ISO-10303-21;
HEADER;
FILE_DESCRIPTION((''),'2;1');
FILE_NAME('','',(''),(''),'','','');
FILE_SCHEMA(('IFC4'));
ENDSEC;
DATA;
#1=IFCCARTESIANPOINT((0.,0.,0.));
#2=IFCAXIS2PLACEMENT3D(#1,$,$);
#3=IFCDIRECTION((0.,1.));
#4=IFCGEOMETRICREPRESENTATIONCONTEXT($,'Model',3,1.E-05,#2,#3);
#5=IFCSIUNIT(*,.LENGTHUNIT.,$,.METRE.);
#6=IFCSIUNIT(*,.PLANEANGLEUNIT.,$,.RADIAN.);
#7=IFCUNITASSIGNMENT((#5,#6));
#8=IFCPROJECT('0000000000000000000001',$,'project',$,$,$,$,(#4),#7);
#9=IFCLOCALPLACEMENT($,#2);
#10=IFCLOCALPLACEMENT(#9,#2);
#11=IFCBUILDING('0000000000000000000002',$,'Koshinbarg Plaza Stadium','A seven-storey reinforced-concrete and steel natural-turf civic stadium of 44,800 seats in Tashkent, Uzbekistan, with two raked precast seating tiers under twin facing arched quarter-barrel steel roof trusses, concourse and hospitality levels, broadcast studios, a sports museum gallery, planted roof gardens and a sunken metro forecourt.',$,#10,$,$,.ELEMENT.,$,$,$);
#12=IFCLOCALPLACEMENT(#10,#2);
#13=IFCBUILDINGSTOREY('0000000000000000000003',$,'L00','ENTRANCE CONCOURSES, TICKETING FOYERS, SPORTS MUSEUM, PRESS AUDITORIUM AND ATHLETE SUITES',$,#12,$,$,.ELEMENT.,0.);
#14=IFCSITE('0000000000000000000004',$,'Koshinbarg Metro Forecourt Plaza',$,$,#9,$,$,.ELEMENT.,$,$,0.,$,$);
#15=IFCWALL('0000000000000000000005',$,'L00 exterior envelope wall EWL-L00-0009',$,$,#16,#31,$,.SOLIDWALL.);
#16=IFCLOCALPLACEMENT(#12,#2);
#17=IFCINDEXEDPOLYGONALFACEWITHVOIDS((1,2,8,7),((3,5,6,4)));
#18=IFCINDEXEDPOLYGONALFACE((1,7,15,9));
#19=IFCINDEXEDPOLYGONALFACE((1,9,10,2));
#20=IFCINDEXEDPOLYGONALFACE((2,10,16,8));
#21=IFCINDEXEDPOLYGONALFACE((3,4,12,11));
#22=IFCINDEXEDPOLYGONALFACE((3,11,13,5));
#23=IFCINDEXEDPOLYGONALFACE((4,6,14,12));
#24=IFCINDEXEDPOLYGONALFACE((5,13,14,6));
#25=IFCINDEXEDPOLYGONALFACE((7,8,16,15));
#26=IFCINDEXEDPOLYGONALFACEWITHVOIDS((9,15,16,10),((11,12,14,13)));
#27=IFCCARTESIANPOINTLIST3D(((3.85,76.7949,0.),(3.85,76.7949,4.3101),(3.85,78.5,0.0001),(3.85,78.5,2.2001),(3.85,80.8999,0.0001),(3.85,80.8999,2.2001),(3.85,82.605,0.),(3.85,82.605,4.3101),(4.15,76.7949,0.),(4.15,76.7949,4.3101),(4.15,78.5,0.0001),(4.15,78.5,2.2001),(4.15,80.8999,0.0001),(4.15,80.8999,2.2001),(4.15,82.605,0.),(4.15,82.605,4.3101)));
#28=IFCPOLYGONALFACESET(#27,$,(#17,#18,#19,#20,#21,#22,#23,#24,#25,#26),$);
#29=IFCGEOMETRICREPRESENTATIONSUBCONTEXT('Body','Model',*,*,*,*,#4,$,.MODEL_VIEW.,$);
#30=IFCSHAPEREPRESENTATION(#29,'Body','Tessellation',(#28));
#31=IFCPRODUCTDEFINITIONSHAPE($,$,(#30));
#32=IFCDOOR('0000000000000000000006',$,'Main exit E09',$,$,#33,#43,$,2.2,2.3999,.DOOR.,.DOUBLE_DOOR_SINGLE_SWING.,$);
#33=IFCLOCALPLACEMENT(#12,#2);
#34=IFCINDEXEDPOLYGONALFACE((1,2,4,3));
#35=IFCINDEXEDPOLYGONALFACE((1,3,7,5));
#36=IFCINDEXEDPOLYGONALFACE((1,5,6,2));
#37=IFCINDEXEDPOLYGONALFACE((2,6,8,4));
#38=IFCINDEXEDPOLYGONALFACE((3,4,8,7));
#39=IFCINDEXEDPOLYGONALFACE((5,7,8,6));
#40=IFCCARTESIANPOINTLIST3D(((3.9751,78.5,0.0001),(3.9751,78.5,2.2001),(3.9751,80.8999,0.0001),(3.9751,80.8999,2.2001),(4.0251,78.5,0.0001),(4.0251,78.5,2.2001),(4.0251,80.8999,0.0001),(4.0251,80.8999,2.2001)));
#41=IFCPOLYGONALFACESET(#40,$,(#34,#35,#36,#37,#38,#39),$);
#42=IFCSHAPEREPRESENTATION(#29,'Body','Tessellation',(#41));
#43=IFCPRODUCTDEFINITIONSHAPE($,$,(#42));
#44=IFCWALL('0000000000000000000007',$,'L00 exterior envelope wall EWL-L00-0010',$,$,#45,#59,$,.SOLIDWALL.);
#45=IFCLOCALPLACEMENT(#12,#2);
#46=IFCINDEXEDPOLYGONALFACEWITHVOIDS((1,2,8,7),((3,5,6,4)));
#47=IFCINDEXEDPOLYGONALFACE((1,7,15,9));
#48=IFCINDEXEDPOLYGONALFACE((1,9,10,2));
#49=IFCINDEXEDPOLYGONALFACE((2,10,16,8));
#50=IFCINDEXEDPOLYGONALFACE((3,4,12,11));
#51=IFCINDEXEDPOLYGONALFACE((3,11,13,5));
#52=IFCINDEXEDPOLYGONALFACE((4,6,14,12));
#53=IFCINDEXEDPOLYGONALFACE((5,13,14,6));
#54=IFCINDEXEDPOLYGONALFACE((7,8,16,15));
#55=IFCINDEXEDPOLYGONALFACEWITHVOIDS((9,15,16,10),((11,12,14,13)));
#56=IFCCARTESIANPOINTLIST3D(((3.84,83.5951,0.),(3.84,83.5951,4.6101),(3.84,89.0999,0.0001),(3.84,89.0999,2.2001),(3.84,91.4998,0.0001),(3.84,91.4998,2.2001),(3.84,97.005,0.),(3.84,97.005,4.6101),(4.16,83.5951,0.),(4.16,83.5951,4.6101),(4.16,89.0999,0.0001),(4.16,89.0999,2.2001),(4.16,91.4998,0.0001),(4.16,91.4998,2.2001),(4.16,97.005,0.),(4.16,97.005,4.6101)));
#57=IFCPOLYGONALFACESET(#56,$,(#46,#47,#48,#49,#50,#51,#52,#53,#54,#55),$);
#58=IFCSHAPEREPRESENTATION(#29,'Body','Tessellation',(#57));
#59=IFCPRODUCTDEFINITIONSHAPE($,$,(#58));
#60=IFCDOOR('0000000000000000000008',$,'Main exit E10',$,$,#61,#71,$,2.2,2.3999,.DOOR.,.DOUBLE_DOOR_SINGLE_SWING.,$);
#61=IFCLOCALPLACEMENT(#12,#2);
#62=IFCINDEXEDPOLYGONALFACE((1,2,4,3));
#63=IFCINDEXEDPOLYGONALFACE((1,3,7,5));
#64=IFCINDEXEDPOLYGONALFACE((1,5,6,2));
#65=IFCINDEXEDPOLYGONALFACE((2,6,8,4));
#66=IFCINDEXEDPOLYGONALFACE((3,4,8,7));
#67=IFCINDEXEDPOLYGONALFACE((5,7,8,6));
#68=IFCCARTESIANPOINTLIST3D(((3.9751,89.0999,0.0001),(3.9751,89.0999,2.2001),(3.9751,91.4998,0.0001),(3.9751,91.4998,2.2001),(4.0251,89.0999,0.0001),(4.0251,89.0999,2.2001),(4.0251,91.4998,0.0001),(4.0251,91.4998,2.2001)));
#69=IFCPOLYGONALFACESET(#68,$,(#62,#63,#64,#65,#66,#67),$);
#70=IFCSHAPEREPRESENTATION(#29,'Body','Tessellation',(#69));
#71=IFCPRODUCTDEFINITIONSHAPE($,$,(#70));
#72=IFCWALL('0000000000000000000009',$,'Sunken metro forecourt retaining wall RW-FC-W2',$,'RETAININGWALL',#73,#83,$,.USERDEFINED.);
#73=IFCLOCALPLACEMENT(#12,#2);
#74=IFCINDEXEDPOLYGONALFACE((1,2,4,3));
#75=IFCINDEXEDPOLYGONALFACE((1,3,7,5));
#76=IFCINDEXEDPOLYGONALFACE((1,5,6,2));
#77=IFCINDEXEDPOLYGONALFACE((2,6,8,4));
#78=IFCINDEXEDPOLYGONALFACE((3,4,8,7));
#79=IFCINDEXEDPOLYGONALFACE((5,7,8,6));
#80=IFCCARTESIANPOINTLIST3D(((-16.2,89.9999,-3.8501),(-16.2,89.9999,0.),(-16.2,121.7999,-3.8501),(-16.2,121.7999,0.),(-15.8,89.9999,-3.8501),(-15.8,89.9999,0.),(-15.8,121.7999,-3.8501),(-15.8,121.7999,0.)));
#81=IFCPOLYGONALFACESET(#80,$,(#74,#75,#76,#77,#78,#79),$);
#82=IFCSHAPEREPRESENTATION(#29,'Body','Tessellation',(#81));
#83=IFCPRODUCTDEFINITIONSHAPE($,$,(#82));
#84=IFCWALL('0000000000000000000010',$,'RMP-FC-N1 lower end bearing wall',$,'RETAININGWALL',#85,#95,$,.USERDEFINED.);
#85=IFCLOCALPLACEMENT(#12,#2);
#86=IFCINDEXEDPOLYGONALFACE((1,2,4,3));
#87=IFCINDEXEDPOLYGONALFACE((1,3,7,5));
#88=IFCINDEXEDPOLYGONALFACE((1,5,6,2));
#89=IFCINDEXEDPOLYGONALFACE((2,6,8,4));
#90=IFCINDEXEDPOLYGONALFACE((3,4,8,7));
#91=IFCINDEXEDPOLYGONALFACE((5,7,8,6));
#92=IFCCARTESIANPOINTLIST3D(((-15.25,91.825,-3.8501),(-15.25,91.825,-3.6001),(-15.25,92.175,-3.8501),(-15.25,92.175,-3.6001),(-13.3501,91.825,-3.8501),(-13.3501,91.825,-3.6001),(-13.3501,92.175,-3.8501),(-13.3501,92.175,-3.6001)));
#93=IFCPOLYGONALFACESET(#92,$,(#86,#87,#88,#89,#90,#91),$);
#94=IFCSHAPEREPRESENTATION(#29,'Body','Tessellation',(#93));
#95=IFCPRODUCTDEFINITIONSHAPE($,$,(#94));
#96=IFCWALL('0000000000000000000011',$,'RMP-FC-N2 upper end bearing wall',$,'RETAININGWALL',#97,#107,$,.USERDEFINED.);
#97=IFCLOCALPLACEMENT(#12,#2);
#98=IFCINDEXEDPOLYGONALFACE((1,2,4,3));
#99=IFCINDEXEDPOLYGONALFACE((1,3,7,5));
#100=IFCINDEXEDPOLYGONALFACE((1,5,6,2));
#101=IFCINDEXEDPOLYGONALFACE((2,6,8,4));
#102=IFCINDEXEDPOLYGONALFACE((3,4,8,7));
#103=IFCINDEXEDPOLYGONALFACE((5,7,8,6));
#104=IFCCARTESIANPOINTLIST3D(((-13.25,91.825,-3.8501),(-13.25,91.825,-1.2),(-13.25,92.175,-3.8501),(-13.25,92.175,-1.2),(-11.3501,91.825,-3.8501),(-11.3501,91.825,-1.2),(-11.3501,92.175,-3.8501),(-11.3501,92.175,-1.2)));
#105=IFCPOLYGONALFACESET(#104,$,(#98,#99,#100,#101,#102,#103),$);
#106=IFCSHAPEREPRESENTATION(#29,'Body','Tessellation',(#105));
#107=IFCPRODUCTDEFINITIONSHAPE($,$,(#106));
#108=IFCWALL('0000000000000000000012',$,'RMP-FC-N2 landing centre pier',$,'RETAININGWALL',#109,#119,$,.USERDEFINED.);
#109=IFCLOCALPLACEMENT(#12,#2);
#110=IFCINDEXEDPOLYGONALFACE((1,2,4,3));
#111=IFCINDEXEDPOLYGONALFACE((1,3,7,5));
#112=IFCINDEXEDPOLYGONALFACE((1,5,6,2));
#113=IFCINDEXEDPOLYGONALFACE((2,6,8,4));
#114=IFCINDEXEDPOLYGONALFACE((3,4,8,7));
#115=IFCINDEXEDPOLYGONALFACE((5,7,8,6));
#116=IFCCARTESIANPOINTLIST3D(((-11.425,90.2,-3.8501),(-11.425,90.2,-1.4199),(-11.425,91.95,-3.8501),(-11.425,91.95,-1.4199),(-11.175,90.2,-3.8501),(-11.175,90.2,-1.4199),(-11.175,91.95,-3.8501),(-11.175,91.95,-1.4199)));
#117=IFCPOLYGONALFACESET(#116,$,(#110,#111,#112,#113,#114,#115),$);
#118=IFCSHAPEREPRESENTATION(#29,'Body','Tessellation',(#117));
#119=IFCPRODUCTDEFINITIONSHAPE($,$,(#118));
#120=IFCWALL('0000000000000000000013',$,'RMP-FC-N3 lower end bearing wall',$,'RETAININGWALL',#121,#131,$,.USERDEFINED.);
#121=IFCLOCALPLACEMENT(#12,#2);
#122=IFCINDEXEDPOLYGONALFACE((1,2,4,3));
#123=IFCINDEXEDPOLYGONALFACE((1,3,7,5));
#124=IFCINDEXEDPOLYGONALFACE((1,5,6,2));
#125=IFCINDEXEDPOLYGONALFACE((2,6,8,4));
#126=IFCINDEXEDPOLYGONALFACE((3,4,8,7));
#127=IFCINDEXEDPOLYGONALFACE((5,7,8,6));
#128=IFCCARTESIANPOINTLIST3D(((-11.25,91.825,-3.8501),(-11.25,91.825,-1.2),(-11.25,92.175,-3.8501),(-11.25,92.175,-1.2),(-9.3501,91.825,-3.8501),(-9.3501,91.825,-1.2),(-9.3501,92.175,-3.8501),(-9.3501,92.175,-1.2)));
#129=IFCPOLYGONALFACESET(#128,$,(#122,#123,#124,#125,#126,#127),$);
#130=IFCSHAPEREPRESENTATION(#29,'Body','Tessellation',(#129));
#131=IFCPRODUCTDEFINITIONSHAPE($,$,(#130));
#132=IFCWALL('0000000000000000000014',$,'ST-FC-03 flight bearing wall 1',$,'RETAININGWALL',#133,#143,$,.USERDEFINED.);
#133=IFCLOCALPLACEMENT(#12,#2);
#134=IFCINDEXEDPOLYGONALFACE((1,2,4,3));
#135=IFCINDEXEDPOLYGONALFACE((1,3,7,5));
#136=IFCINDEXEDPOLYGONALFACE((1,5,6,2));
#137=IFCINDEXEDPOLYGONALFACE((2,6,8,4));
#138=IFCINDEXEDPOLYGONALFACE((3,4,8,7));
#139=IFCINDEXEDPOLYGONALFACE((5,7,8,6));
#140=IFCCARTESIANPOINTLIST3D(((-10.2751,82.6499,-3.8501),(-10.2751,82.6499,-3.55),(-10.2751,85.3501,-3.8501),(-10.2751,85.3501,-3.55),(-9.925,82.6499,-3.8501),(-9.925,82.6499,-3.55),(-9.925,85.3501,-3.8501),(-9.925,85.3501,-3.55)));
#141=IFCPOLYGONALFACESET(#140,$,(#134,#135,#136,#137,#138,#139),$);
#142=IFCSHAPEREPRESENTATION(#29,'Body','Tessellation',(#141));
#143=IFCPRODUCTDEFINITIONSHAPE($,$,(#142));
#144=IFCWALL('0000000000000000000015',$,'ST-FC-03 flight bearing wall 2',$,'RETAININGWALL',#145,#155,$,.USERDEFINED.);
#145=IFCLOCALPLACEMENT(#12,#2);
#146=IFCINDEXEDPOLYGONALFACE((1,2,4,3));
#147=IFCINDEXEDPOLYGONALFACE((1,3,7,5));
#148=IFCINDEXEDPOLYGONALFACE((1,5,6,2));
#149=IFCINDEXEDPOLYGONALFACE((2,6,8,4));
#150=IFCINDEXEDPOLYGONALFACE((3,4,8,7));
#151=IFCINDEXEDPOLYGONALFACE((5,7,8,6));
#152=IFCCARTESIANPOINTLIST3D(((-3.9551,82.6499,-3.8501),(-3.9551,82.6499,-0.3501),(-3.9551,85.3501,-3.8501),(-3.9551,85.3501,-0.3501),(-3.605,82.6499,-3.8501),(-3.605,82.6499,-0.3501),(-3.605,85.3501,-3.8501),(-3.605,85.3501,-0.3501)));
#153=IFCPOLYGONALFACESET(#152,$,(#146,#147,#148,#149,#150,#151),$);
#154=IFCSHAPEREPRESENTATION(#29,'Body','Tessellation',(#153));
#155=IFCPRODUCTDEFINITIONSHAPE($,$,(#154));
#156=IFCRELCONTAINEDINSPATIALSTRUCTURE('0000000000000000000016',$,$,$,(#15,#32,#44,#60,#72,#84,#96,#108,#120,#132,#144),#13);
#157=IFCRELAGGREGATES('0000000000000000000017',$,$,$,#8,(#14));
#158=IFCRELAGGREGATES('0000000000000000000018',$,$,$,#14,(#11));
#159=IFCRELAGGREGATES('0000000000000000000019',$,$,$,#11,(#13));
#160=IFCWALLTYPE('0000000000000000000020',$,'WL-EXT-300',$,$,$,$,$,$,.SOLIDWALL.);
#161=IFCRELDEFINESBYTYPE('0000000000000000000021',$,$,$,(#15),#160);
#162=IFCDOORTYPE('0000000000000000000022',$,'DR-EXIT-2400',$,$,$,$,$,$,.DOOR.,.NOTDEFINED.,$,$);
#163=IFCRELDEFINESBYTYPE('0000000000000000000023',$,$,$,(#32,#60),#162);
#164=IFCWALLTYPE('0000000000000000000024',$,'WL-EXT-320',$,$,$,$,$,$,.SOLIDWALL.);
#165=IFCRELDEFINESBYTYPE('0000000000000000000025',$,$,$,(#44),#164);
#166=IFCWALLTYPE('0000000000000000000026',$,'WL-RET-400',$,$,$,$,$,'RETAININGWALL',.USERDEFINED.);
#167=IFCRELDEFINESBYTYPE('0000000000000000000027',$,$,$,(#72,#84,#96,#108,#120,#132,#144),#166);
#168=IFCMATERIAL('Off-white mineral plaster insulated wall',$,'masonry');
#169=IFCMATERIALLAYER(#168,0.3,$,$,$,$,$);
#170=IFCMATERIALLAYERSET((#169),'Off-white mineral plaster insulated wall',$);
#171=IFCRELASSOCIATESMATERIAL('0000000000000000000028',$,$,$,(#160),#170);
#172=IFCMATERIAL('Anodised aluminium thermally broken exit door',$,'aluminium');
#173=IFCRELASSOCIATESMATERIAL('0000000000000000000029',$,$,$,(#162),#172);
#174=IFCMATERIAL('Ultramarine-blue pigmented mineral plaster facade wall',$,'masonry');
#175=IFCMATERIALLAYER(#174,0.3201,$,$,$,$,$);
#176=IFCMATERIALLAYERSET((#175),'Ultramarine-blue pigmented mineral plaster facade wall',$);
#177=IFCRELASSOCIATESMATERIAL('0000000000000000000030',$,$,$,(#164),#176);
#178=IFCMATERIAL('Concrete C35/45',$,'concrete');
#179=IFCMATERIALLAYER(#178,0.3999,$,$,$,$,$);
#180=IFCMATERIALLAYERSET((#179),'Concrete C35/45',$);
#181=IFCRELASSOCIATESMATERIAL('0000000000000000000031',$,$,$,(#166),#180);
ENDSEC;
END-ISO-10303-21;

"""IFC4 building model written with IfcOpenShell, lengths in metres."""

from ifc_helpers import new_model, si_unit, direction, frame, frame_2d, origin, place, context, subcontext, project, spatial, rectangle, extrude, material, layer, layer_set, type_object, element, fill, save


model = new_model("IFC4")

# Units and contexts
model_context = context("Model", 3, precision=1e-05, world=origin(), true_north=direction((0.0, 1.0)))
body_context = subcontext(model_context, "Body", "Model", "MODEL_VIEW")
ifc_project = project(units=[si_unit("LENGTHUNIT", "METRE"), si_unit("PLANEANGLEUNIT", "RADIAN")], contexts=[model_context])

# Site, building, storey
site_placement = place(None, origin())
site = spatial("IfcSite", under=ifc_project, at=site_placement, Name="Koshinbarg Metro Forecourt Plaza", CompositionType="ELEMENT", RefElevation=0.0)
building_placement = place(site_placement, origin())
building = spatial("IfcBuilding", under=site, at=building_placement, Name="Koshinbarg Plaza Stadium", Description="A seven-storey reinforced-concrete and steel natural-turf civic stadium of 44,800 seats in Tashkent, Uzbekistan, with two raked precast seating tiers under twin facing arched quarter-barrel steel roof trusses, concourse and hospitality levels, broadcast studios, a sports museum gallery, planted roof gardens and a sunken metro forecourt.", CompositionType="ELEMENT")
storey_placement = place(building_placement, origin())
storey = spatial("IfcBuildingStorey", under=building, at=storey_placement, Name="L00", Description="ENTRANCE CONCOURSES, TICKETING FOYERS, SPORTS MUSEUM, PRESS AUDITORIUM AND ATHLETE SUITES", CompositionType="ELEMENT", Elevation=0.0)

# Shared definitions
ifc_material_1 = material(Name="Concrete C35/45", Category="concrete")

# Walls, openings, doors
ifc_material_2 = material(Name="Off-white mineral plaster insulated wall", Category="masonry")
ifc_layer_1 = layer(ifc_material_2, 0.3)
ifc_layer_set_1 = layer_set([ifc_layer_1], Name="Off-white mineral plaster insulated wall")
wall_type_1 = type_object("IfcWallType", Name="WL-EXT-300", PredefinedType="SOLIDWALL", material=ifc_layer_set_1)
wall_1_placement = place(storey_placement, frame((4.0, 76.7949, 0.0), z_axis=(0.0, 0.0, 1.0), x_axis=(0.0, 1.0, 0.0)))
wall_1 = element("IfcWall", 1, at=wall_1_placement, inside=storey, type_object=wall_type_1, Name="L00 exterior envelope wall EWL-L00-0009", PredefinedType="SOLIDWALL", context=body_context, shape_type="SweptSolid", body=[
    extrude(rectangle(XDim=5.8101, YDim=0.3, at=frame_2d((2.905, 0.0))), origin(), (0.0, 0.0, 1.0), 4.3101),
])
opening_1_placement = place(wall_1_placement, frame((1.7051, 0.0, 0.0)))
opening_1 = element("IfcOpeningElement", 2, at=opening_1_placement, cuts=wall_1, PredefinedType="OPENING", context=body_context, shape_type="SweptSolid", body=[
    extrude(rectangle(XDim=2.3999, YDim=2.2, at=frame_2d((1.2, 1.1001))), frame((0.0, 0.1599, 0.0), z_axis=(0.0, -1.0, 0.0), x_axis=(1.0, 0.0, 0.0)), (0.0, 0.0, 1.0), 0.3201),
])
ifc_material_3 = material(Name="Anodised aluminium thermally broken exit door", Category="aluminium")
door_type = type_object("IfcDoorType", Name="DR-EXIT-2400", OperationType="NOTDEFINED", PredefinedType="DOOR", material=ifc_material_3)
door_1_placement = place(opening_1_placement, origin())
door_1 = element("IfcDoor", 3, at=door_1_placement, inside=storey, type_object=door_type, Name="Main exit E09", OperationType="DOUBLE_DOOR_SINGLE_SWING", OverallHeight=2.2, OverallWidth=2.3999, PredefinedType="DOOR", context=body_context, shape_type="SweptSolid", body=[
    extrude(rectangle(XDim=2.3999, YDim=2.2, at=frame_2d((1.2, 1.1001))), frame((0.0, 0.0249, 0.0), z_axis=(0.0, -1.0, 0.0), x_axis=(1.0, 0.0, 0.0)), (0.0, 0.0, 1.0), 0.05),
])
fill(opening_1, door_1)
ifc_material_4 = material(Name="Ultramarine-blue pigmented mineral plaster facade wall", Category="masonry")
ifc_layer_2 = layer(ifc_material_4, 0.3201)
ifc_layer_set_2 = layer_set([ifc_layer_2], Name="Ultramarine-blue pigmented mineral plaster facade wall")
wall_type_2 = type_object("IfcWallType", Name="WL-EXT-320", PredefinedType="SOLIDWALL", material=ifc_layer_set_2)
wall_2_placement = place(storey_placement, frame((4.0, 83.595, 0.0), z_axis=(0.0, 0.0, 1.0), x_axis=(0.0, 1.0, 0.0)))
wall_2 = element("IfcWall", 4, at=wall_2_placement, inside=storey, type_object=wall_type_2, Name="L00 exterior envelope wall EWL-L00-0010", PredefinedType="SOLIDWALL", context=body_context, shape_type="SweptSolid", body=[
    extrude(rectangle(XDim=13.4099, YDim=0.3201, at=frame_2d((6.7051, 0.0))), origin(), (0.0, 0.0, 1.0), 4.6101),
])
opening_2_placement = place(wall_2_placement, frame((5.5049, 0.0, 0.0)))
opening_2 = element("IfcOpeningElement", 5, at=opening_2_placement, cuts=wall_2, PredefinedType="OPENING", context=body_context, shape_type="SweptSolid", body=[
    extrude(rectangle(XDim=2.3999, YDim=2.2, at=frame_2d((1.2, 1.1001))), frame((0.0, 0.1699, 0.0), z_axis=(0.0, -1.0, 0.0), x_axis=(1.0, 0.0, 0.0)), (0.0, 0.0, 1.0), 0.3401),
])
door_2_placement = place(opening_2_placement, origin())
door_2 = element("IfcDoor", 6, at=door_2_placement, inside=storey, type_object=door_type, Name="Main exit E10", OperationType="DOUBLE_DOOR_SINGLE_SWING", OverallHeight=2.2, OverallWidth=2.3999, PredefinedType="DOOR", context=body_context, shape_type="SweptSolid", body=[
    extrude(rectangle(XDim=2.3999, YDim=2.2, at=frame_2d((1.2, 1.1001))), frame((0.0, 0.0249, 0.0), z_axis=(0.0, -1.0, 0.0), x_axis=(1.0, 0.0, 0.0)), (0.0, 0.0, 1.0), 0.05),
])
fill(opening_2, door_2)

# Walls
ifc_layer_3 = layer(ifc_material_1, 0.3999)
ifc_layer_set_3 = layer_set([ifc_layer_3], Name="Concrete C35/45")
wall_type_3 = type_object("IfcWallType", Name="WL-RET-400", ElementType="RETAININGWALL", PredefinedType="USERDEFINED", material=ifc_layer_set_3)
wall_3_placement = place(storey_placement, frame((-16.0, 90.0, -3.8501), z_axis=(0.0, 0.0, 1.0), x_axis=(0.0, 1.0, 0.0)))
element("IfcWall", 7, at=wall_3_placement, inside=storey, type_object=wall_type_3, Name="Sunken metro forecourt retaining wall RW-FC-W2", ObjectType="RETAININGWALL", PredefinedType="USERDEFINED", context=body_context, shape_type="SweptSolid", body=[
    extrude(rectangle(XDim=31.8, YDim=0.3999, at=frame_2d((15.8999, 0.0))), origin(), (0.0, 0.0, 1.0), 3.8501),
])
wall_4_placement = place(storey_placement, frame((-15.25, 92.0, -3.8501), z_axis=(0.0, 0.0, 1.0), x_axis=(1.0, 0.0, 0.0)))
element("IfcWall", 8, at=wall_4_placement, inside=storey, type_object=wall_type_3, Name="RMP-FC-N1 lower end bearing wall", ObjectType="RETAININGWALL", PredefinedType="USERDEFINED", context=body_context, shape_type="SweptSolid", body=[
    extrude(rectangle(XDim=1.8999, YDim=0.3501, at=frame_2d((0.95, 0.0))), origin(), (0.0, 0.0, 1.0), 0.25),
])
wall_5_placement = place(storey_placement, frame((-13.25, 92.0, -3.8501), z_axis=(0.0, 0.0, 1.0), x_axis=(1.0, 0.0, 0.0)))
element("IfcWall", 9, at=wall_5_placement, inside=storey, type_object=wall_type_3, Name="RMP-FC-N2 upper end bearing wall", ObjectType="RETAININGWALL", PredefinedType="USERDEFINED", context=body_context, shape_type="SweptSolid", body=[
    extrude(rectangle(XDim=1.8999, YDim=0.3501, at=frame_2d((0.95, 0.0))), origin(), (0.0, 0.0, 1.0), 2.6501),
])
wall_6_placement = place(storey_placement, frame((-11.3, 90.2, -3.8501), z_axis=(0.0, 0.0, 1.0), x_axis=(0.0, 1.0, 0.0)))
element("IfcWall", 10, at=wall_6_placement, inside=storey, type_object=wall_type_3, Name="RMP-FC-N2 landing centre pier", ObjectType="RETAININGWALL", PredefinedType="USERDEFINED", context=body_context, shape_type="SweptSolid", body=[
    extrude(rectangle(XDim=1.75, YDim=0.25, at=frame_2d((0.875, 0.0))), origin(), (0.0, 0.0, 1.0), 2.4302),
])
wall_7_placement = place(storey_placement, frame((-11.25, 92.0, -3.8501), z_axis=(0.0, 0.0, 1.0), x_axis=(1.0, 0.0, 0.0)))
element("IfcWall", 11, at=wall_7_placement, inside=storey, type_object=wall_type_3, Name="RMP-FC-N3 lower end bearing wall", ObjectType="RETAININGWALL", PredefinedType="USERDEFINED", context=body_context, shape_type="SweptSolid", body=[
    extrude(rectangle(XDim=1.8999, YDim=0.3501, at=frame_2d((0.95, 0.0))), origin(), (0.0, 0.0, 1.0), 2.6501),
])
wall_8_placement = place(storey_placement, frame((-10.1001, 82.6499, -3.8501), z_axis=(0.0, 0.0, 1.0), x_axis=(0.0, 1.0, 0.0)))
element("IfcWall", 12, at=wall_8_placement, inside=storey, type_object=wall_type_3, Name="ST-FC-03 flight bearing wall 1", ObjectType="RETAININGWALL", PredefinedType="USERDEFINED", context=body_context, shape_type="SweptSolid", body=[
    extrude(rectangle(XDim=2.7002, YDim=0.3501, at=frame_2d((1.3501, 0.0))), origin(), (0.0, 0.0, 1.0), 0.3),
])
wall_9_placement = place(storey_placement, frame((-3.78, 82.6499, -3.8501), z_axis=(0.0, 0.0, 1.0), x_axis=(0.0, 1.0, 0.0)))
element("IfcWall", 13, at=wall_9_placement, inside=storey, type_object=wall_type_3, Name="ST-FC-03 flight bearing wall 2", ObjectType="RETAININGWALL", PredefinedType="USERDEFINED", context=body_context, shape_type="SweptSolid", body=[
    extrude(rectangle(XDim=2.7002, YDim=0.3501, at=frame_2d((1.3501, 0.0))), origin(), (0.0, 0.0, 1.0), 3.5),
])

save(model, "model.ifc")
